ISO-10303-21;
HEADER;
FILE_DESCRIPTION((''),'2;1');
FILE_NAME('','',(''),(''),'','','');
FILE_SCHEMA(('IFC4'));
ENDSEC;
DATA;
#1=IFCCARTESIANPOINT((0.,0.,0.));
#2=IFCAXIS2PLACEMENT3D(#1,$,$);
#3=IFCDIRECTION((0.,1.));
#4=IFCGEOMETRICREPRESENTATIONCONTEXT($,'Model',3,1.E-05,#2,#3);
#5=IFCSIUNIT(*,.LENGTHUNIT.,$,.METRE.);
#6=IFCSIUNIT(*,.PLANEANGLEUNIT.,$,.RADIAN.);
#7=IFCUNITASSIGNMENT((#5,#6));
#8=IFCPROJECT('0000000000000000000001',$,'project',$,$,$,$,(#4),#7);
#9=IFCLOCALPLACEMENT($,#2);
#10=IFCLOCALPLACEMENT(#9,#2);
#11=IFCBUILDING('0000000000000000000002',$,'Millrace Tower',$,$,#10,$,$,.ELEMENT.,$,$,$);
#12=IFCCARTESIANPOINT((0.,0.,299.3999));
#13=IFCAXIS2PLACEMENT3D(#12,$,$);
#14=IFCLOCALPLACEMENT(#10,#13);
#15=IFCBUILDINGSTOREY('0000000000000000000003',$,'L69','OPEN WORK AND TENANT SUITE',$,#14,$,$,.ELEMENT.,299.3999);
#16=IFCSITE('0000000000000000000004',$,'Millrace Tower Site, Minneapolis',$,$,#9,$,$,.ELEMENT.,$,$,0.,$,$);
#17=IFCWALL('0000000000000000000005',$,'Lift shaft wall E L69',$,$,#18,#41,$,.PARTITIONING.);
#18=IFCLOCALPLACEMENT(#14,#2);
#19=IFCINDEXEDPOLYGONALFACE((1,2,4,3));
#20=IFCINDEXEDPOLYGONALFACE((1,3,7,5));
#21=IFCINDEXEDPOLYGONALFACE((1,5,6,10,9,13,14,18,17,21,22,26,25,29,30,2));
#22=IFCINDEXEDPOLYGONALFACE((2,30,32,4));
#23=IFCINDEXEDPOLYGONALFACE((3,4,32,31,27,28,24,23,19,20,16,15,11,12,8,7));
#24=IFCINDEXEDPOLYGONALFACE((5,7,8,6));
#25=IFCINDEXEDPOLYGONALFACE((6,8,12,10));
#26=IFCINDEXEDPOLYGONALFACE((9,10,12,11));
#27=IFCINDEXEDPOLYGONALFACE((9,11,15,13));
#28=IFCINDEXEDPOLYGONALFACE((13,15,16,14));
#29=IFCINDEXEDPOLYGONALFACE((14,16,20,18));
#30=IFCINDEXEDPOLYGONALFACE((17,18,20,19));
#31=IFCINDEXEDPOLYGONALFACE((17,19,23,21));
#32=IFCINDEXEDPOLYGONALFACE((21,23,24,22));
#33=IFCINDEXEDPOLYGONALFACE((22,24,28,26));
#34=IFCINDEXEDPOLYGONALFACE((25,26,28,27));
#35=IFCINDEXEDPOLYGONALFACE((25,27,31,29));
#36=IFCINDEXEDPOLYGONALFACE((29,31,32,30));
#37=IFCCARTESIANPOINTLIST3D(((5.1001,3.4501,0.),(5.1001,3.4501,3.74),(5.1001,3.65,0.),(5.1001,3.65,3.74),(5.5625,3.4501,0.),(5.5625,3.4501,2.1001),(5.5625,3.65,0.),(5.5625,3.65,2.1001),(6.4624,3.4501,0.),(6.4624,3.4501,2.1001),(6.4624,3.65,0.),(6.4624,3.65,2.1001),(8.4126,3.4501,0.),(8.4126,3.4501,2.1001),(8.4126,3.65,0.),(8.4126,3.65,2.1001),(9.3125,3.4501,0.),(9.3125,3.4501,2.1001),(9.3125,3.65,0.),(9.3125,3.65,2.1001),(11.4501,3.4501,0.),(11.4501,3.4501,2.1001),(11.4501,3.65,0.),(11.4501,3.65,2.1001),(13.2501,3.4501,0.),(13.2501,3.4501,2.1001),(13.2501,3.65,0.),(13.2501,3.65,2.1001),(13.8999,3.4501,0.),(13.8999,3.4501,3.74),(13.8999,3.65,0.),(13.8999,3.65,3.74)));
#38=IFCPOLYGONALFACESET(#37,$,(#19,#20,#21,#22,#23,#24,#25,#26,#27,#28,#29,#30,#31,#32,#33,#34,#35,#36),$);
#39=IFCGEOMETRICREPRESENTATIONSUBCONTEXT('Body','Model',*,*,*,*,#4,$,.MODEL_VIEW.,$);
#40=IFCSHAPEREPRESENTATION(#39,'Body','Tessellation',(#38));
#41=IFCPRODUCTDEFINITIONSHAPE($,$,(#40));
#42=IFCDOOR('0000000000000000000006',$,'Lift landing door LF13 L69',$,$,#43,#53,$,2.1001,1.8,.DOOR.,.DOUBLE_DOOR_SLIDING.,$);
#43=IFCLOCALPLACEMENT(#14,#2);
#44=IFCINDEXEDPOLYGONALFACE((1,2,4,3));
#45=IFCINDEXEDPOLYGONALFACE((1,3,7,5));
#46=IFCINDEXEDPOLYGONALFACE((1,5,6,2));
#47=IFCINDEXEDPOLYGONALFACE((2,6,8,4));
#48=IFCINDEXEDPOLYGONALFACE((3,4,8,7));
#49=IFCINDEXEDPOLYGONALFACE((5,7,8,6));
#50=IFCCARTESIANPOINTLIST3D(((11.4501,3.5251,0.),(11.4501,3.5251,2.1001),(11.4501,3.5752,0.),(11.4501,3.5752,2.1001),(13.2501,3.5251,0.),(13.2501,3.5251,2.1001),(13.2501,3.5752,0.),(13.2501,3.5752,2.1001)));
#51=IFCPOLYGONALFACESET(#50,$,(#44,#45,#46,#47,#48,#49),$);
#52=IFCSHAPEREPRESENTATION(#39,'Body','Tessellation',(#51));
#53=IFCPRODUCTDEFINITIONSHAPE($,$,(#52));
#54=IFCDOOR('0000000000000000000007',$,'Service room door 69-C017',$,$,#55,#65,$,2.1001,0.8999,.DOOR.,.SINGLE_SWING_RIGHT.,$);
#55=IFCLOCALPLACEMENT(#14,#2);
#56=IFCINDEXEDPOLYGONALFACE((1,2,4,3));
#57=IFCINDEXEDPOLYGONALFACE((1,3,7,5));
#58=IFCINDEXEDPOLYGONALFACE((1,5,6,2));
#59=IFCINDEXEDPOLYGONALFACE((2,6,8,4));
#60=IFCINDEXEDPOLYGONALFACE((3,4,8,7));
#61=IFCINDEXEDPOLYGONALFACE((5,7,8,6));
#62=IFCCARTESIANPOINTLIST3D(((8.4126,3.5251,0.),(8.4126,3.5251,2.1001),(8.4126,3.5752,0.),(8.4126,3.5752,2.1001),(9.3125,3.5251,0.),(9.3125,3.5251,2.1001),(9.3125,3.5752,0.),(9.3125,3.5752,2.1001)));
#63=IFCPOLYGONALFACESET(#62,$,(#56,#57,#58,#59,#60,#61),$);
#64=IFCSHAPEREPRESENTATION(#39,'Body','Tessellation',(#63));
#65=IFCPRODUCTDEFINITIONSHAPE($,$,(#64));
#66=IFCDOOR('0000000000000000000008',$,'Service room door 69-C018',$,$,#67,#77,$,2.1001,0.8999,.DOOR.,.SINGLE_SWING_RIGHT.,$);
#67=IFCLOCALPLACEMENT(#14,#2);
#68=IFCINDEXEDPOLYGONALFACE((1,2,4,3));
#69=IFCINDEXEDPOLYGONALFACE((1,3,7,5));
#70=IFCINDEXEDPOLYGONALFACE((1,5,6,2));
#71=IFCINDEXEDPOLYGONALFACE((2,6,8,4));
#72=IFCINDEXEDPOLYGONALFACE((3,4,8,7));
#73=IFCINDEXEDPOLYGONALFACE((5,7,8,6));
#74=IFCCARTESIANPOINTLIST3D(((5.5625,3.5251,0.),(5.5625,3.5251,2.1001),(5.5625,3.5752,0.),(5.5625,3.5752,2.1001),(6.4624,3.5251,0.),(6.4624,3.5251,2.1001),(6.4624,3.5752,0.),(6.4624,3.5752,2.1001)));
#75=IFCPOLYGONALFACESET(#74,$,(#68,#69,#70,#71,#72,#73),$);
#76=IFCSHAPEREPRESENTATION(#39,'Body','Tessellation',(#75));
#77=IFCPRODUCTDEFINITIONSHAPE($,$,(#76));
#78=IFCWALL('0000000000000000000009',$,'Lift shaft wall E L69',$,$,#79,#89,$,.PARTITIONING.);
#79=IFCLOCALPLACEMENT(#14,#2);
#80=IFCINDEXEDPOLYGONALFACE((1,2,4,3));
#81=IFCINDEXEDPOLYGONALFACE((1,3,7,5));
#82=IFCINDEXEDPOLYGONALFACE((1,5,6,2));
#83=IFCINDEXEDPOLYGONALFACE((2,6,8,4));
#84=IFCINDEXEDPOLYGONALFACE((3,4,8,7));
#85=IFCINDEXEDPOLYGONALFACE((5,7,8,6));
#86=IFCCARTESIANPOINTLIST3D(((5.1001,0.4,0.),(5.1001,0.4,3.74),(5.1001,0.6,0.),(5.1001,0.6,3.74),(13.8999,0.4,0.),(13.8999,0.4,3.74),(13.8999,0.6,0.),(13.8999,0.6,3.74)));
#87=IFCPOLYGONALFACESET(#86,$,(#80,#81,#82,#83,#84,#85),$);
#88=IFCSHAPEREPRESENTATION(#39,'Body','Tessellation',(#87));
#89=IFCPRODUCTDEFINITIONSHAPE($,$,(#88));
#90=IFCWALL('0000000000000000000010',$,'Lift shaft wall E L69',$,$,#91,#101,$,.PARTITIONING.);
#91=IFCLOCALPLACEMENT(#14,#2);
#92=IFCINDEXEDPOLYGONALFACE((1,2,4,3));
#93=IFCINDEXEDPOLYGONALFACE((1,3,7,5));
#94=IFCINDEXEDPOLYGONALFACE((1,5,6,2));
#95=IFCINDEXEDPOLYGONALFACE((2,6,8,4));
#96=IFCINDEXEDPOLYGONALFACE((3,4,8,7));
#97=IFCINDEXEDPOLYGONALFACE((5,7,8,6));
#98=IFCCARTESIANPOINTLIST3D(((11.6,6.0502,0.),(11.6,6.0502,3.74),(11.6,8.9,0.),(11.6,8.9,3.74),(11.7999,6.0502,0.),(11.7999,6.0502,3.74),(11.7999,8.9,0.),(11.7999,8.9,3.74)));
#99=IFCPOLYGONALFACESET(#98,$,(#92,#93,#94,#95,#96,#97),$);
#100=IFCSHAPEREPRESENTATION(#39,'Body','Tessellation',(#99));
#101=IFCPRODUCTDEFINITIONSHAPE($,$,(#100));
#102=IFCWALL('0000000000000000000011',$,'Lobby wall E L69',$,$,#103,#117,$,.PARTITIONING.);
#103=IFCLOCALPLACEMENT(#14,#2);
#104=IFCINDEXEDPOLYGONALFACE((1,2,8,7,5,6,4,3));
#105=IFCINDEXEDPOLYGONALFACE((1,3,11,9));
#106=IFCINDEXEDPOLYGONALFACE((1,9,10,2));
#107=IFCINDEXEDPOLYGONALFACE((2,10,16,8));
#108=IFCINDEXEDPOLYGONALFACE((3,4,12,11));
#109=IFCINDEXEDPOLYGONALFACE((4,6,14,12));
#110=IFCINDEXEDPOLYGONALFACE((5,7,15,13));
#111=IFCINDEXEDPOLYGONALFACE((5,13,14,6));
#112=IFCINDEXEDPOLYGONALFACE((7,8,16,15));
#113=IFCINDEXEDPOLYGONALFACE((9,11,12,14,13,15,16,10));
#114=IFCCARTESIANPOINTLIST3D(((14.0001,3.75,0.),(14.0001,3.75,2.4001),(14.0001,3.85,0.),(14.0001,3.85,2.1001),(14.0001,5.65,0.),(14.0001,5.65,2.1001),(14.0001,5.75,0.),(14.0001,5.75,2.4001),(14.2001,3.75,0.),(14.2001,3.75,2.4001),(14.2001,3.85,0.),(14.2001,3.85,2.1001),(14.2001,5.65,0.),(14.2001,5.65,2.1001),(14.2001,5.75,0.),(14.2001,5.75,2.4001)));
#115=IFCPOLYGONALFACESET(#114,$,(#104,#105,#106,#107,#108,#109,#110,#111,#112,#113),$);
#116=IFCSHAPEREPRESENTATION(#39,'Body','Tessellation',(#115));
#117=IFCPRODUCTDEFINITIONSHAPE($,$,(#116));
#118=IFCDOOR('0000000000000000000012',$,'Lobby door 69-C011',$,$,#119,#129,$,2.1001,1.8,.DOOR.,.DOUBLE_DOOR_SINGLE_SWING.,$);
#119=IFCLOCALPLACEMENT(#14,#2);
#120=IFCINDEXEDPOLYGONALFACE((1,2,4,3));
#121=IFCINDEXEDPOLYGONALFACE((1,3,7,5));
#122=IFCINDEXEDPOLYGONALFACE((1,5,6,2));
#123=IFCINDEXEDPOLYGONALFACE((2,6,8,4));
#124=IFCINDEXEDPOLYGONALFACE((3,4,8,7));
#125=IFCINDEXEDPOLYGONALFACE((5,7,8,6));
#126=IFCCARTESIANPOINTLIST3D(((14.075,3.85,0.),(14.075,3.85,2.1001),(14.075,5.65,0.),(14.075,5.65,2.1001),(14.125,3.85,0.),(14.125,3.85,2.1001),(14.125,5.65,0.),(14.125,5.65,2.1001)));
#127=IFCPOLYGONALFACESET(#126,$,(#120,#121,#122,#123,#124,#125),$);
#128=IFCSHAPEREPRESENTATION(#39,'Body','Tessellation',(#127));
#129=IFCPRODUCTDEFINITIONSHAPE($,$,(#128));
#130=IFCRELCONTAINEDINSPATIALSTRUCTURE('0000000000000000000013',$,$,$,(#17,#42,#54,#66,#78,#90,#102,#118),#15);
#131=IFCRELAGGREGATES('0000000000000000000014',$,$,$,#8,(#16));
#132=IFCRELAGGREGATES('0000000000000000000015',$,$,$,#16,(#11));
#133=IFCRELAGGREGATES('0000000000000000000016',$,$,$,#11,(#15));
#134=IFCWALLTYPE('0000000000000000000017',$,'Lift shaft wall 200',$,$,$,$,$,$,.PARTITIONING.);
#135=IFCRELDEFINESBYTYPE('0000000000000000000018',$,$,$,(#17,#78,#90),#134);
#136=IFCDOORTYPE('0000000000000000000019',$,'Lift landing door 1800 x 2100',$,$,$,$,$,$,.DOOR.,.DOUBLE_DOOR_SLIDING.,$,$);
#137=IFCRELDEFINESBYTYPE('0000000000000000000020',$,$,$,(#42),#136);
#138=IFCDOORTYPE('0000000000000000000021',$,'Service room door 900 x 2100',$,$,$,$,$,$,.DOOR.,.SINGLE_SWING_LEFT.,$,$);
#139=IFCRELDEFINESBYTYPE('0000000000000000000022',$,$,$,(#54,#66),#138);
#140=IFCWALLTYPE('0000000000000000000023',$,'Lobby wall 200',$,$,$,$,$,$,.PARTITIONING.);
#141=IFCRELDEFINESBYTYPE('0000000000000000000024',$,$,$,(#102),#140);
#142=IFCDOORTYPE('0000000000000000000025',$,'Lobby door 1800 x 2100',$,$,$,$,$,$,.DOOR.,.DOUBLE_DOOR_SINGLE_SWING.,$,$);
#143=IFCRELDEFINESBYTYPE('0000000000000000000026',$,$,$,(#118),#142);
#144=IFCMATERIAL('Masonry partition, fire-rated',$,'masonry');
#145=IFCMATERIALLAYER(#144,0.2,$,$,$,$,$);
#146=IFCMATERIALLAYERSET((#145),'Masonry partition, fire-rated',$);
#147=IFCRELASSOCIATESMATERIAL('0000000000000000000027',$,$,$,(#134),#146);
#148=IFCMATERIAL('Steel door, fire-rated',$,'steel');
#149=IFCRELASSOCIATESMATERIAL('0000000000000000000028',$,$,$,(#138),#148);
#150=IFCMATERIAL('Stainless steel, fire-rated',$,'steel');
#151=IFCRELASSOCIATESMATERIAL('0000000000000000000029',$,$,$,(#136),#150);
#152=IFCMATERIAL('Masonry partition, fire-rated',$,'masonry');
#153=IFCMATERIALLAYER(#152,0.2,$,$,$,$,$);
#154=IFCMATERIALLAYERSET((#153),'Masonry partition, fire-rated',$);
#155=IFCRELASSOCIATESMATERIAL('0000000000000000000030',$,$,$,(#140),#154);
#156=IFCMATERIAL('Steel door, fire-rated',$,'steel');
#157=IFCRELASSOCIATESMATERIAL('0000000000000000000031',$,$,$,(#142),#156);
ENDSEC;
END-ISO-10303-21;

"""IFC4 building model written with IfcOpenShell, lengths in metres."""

from ifc_helpers import new_model, si_unit, direction, frame, frame_2d, origin, place, context, subcontext, project, spatial, rectangle, extrude, material, layer, layer_set, type_object, element, fill, save


model = new_model("IFC4")

# Units and contexts
model_context = context("Model", 3, precision=1e-05, world=origin(), true_north=direction((0.0, 1.0)))
body_context = subcontext(model_context, "Body", "Model", "MODEL_VIEW")
ifc_project = project(units=[si_unit("LENGTHUNIT", "METRE"), si_unit("PLANEANGLEUNIT", "RADIAN")], contexts=[model_context])

# Site, building, storey
site_placement = place(None, origin())
site = spatial("IfcSite", under=ifc_project, at=site_placement, Name="Millrace Tower Site, Minneapolis", CompositionType="ELEMENT", RefElevation=0.0)
building_placement = place(site_placement, origin())
building = spatial("IfcBuilding", under=site, at=building_placement, Name="Millrace Tower", CompositionType="ELEMENT")
storey_placement = place(building_placement, frame((0.0, 0.0, 299.3999)))
storey = spatial("IfcBuildingStorey", under=building, at=storey_placement, Name="L69", Description="OPEN WORK AND TENANT SUITE", CompositionType="ELEMENT", Elevation=299.3999)

# Wall, openings, doors
ifc_material_1 = material(Name="Masonry partition, fire-rated", Category="masonry")
ifc_layer_1 = layer(ifc_material_1, 0.2)
ifc_layer_set_1 = layer_set([ifc_layer_1], Name="Masonry partition, fire-rated")
wall_type_1 = type_object("IfcWallType", Name="Lift shaft wall 200", PredefinedType="PARTITIONING", material=ifc_layer_set_1)
ifc_material_2 = material(Name="Steel door, fire-rated", Category="steel")
door_type_1 = type_object("IfcDoorType", Name="Service room door 900 x 2100", OperationType="SINGLE_SWING_LEFT", PredefinedType="DOOR", material=ifc_material_2)
wall_1_placement = place(storey_placement, frame((13.8999, 3.55, 0.0), z_axis=(0.0, 0.0, 1.0), x_axis=(-1.0, 0.0, 0.0)))
wall_1 = element("IfcWall", 1, at=wall_1_placement, inside=storey, type_object=wall_type_1, Name="Lift shaft wall E L69", PredefinedType="PARTITIONING", context=body_context, shape_type="SweptSolid", body=[
    extrude(rectangle(XDim=8.7998, YDim=0.2, at=frame_2d((4.3999, 0.0))), origin(), (0.0, 0.0, 1.0), 3.74),
])
opening_1_placement = place(wall_1_placement, frame((0.6499, 0.0, 0.0)))
opening_1 = element("IfcOpeningElement", 2, at=opening_1_placement, cuts=wall_1, PredefinedType="OPENING", context=body_context, shape_type="SweptSolid", body=[
    extrude(rectangle(XDim=1.8, YDim=2.1001, at=frame_2d((0.8999, 1.05))), frame((0.0, 0.1099, 0.0), z_axis=(0.0, -1.0, 0.0), x_axis=(1.0, 0.0, 0.0)), (0.0, 0.0, 1.0), 0.22),
])
opening_2_placement = place(wall_1_placement, frame((4.5874, 0.0, 0.0)))
opening_2 = element("IfcOpeningElement", 3, at=opening_2_placement, cuts=wall_1, PredefinedType="OPENING", context=body_context, shape_type="SweptSolid", body=[
    extrude(rectangle(XDim=0.8999, YDim=2.1001, at=frame_2d((0.45, 1.05))), frame((0.0, 0.1099, 0.0), z_axis=(0.0, -1.0, 0.0), x_axis=(1.0, 0.0, 0.0)), (0.0, 0.0, 1.0), 0.22),
])
opening_3_placement = place(wall_1_placement, frame((7.4375, 0.0, 0.0)))
opening_3 = element("IfcOpeningElement", 4, at=opening_3_placement, cuts=wall_1, PredefinedType="OPENING", context=body_context, shape_type="SweptSolid", body=[
    extrude(rectangle(XDim=0.8999, YDim=2.1001, at=frame_2d((0.45, 1.05))), frame((0.0, 0.1099, 0.0), z_axis=(0.0, -1.0, 0.0), x_axis=(1.0, 0.0, 0.0)), (0.0, 0.0, 1.0), 0.22),
])
ifc_material_3 = material(Name="Stainless steel, fire-rated", Category="steel")
door_type_2 = type_object("IfcDoorType", Name="Lift landing door 1800 x 2100", OperationType="DOUBLE_DOOR_SLIDING", PredefinedType="DOOR", material=ifc_material_3)
door_1_placement = place(opening_1_placement, origin())
door_1 = element("IfcDoor", 5, at=door_1_placement, inside=storey, type_object=door_type_2, Name="Lift landing door LF13 L69", OperationType="DOUBLE_DOOR_SLIDING", OverallHeight=2.1001, OverallWidth=1.8, PredefinedType="DOOR", context=body_context, shape_type="SweptSolid", body=[
    extrude(rectangle(XDim=1.8, YDim=2.1001, at=frame_2d((0.8999, 1.05))), frame((0.0, 0.0249, 0.0), z_axis=(0.0, -1.0, 0.0), x_axis=(1.0, 0.0, 0.0)), (0.0, 0.0, 1.0), 0.05),
])
fill(opening_1, door_1)
door_2_placement = place(opening_2_placement, origin())
door_2 = element("IfcDoor", 6, at=door_2_placement, inside=storey, type_object=door_type_1, Name="Service room door 69-C017", OperationType="SINGLE_SWING_RIGHT", OverallHeight=2.1001, OverallWidth=0.8999, PredefinedType="DOOR", context=body_context, shape_type="SweptSolid", body=[
    extrude(rectangle(XDim=0.8999, YDim=2.1001, at=frame_2d((0.45, 1.05))), frame((0.0, 0.0249, 0.0), z_axis=(0.0, -1.0, 0.0), x_axis=(1.0, 0.0, 0.0)), (0.0, 0.0, 1.0), 0.05),
])
fill(opening_2, door_2)
door_3_placement = place(opening_3_placement, origin())
door_3 = element("IfcDoor", 7, at=door_3_placement, inside=storey, type_object=door_type_1, Name="Service room door 69-C018", OperationType="SINGLE_SWING_RIGHT", OverallHeight=2.1001, OverallWidth=0.8999, PredefinedType="DOOR", context=body_context, shape_type="SweptSolid", body=[
    extrude(rectangle(XDim=0.8999, YDim=2.1001, at=frame_2d((0.45, 1.05))), frame((0.0, 0.0249, 0.0), z_axis=(0.0, -1.0, 0.0), x_axis=(1.0, 0.0, 0.0)), (0.0, 0.0, 1.0), 0.05),
])
fill(opening_3, door_3)

# Walls
wall_2_placement = place(storey_placement, frame((13.8999, 0.5, 0.0), z_axis=(0.0, 0.0, 1.0), x_axis=(-1.0, 0.0, 0.0)))
element("IfcWall", 8, at=wall_2_placement, inside=storey, type_object=wall_type_1, Name="Lift shaft wall E L69", PredefinedType="PARTITIONING", context=body_context, shape_type="SweptSolid", body=[
    extrude(rectangle(XDim=8.7998, YDim=0.2, at=frame_2d((4.3999, 0.0))), origin(), (0.0, 0.0, 1.0), 3.74),
])
wall_3_placement = place(storey_placement, frame((11.7, 8.8999, 0.0), z_axis=(0.0, 0.0, 1.0), x_axis=(0.0, -1.0, 0.0)))
element("IfcWall", 9, at=wall_3_placement, inside=storey, type_object=wall_type_1, Name="Lift shaft wall E L69", PredefinedType="PARTITIONING", context=body_context, shape_type="SweptSolid", body=[
    extrude(rectangle(XDim=2.8499, YDim=0.2, at=frame_2d((1.4248, 0.0))), origin(), (0.0, 0.0, 1.0), 3.74),
])

# Wall, opening, door
ifc_material_4 = material(Name="Masonry partition, fire-rated", Category="masonry")
ifc_layer_2 = layer(ifc_material_4, 0.2)
ifc_layer_set_2 = layer_set([ifc_layer_2], Name="Masonry partition, fire-rated")
wall_type_2 = type_object("IfcWallType", Name="Lobby wall 200", PredefinedType="PARTITIONING", material=ifc_layer_set_2)
wall_4_placement = place(storey_placement, frame((14.1001, 5.75, 0.0), z_axis=(0.0, 0.0, 1.0), x_axis=(0.0, -1.0, 0.0)))
wall_4 = element("IfcWall", 10, at=wall_4_placement, inside=storey, type_object=wall_type_2, Name="Lobby wall E L69", PredefinedType="PARTITIONING", context=body_context, shape_type="SweptSolid", body=[
    extrude(rectangle(XDim=2.0, YDim=0.2, at=frame_2d((1.0, 0.0))), origin(), (0.0, 0.0, 1.0), 2.4001),
])
opening_4_placement = place(wall_4_placement, frame((0.1001, 0.0, 0.0)))
opening_4 = element("IfcOpeningElement", 11, at=opening_4_placement, cuts=wall_4, PredefinedType="OPENING", context=body_context, shape_type="SweptSolid", body=[
    extrude(rectangle(XDim=1.8, YDim=2.1001, at=frame_2d((0.8999, 1.05))), frame((0.0, 0.1099, 0.0), z_axis=(0.0, -1.0, 0.0), x_axis=(1.0, 0.0, 0.0)), (0.0, 0.0, 1.0), 0.22),
])
ifc_material_5 = material(Name="Steel door, fire-rated", Category="steel")
door_type_3 = type_object("IfcDoorType", Name="Lobby door 1800 x 2100", OperationType="DOUBLE_DOOR_SINGLE_SWING", PredefinedType="DOOR", material=ifc_material_5)
door_4_placement = place(opening_4_placement, origin())
door_4 = element("IfcDoor", 12, at=door_4_placement, inside=storey, type_object=door_type_3, Name="Lobby door 69-C011", OperationType="DOUBLE_DOOR_SINGLE_SWING", OverallHeight=2.1001, OverallWidth=1.8, PredefinedType="DOOR", context=body_context, shape_type="SweptSolid", body=[
    extrude(rectangle(XDim=1.8, YDim=2.1001, at=frame_2d((0.8999, 1.05))), frame((0.0, 0.0249, 0.0), z_axis=(0.0, -1.0, 0.0), x_axis=(1.0, 0.0, 0.0)), (0.0, 0.0, 1.0), 0.05),
])
fill(opening_4, door_4)

save(model, "model.ifc")
